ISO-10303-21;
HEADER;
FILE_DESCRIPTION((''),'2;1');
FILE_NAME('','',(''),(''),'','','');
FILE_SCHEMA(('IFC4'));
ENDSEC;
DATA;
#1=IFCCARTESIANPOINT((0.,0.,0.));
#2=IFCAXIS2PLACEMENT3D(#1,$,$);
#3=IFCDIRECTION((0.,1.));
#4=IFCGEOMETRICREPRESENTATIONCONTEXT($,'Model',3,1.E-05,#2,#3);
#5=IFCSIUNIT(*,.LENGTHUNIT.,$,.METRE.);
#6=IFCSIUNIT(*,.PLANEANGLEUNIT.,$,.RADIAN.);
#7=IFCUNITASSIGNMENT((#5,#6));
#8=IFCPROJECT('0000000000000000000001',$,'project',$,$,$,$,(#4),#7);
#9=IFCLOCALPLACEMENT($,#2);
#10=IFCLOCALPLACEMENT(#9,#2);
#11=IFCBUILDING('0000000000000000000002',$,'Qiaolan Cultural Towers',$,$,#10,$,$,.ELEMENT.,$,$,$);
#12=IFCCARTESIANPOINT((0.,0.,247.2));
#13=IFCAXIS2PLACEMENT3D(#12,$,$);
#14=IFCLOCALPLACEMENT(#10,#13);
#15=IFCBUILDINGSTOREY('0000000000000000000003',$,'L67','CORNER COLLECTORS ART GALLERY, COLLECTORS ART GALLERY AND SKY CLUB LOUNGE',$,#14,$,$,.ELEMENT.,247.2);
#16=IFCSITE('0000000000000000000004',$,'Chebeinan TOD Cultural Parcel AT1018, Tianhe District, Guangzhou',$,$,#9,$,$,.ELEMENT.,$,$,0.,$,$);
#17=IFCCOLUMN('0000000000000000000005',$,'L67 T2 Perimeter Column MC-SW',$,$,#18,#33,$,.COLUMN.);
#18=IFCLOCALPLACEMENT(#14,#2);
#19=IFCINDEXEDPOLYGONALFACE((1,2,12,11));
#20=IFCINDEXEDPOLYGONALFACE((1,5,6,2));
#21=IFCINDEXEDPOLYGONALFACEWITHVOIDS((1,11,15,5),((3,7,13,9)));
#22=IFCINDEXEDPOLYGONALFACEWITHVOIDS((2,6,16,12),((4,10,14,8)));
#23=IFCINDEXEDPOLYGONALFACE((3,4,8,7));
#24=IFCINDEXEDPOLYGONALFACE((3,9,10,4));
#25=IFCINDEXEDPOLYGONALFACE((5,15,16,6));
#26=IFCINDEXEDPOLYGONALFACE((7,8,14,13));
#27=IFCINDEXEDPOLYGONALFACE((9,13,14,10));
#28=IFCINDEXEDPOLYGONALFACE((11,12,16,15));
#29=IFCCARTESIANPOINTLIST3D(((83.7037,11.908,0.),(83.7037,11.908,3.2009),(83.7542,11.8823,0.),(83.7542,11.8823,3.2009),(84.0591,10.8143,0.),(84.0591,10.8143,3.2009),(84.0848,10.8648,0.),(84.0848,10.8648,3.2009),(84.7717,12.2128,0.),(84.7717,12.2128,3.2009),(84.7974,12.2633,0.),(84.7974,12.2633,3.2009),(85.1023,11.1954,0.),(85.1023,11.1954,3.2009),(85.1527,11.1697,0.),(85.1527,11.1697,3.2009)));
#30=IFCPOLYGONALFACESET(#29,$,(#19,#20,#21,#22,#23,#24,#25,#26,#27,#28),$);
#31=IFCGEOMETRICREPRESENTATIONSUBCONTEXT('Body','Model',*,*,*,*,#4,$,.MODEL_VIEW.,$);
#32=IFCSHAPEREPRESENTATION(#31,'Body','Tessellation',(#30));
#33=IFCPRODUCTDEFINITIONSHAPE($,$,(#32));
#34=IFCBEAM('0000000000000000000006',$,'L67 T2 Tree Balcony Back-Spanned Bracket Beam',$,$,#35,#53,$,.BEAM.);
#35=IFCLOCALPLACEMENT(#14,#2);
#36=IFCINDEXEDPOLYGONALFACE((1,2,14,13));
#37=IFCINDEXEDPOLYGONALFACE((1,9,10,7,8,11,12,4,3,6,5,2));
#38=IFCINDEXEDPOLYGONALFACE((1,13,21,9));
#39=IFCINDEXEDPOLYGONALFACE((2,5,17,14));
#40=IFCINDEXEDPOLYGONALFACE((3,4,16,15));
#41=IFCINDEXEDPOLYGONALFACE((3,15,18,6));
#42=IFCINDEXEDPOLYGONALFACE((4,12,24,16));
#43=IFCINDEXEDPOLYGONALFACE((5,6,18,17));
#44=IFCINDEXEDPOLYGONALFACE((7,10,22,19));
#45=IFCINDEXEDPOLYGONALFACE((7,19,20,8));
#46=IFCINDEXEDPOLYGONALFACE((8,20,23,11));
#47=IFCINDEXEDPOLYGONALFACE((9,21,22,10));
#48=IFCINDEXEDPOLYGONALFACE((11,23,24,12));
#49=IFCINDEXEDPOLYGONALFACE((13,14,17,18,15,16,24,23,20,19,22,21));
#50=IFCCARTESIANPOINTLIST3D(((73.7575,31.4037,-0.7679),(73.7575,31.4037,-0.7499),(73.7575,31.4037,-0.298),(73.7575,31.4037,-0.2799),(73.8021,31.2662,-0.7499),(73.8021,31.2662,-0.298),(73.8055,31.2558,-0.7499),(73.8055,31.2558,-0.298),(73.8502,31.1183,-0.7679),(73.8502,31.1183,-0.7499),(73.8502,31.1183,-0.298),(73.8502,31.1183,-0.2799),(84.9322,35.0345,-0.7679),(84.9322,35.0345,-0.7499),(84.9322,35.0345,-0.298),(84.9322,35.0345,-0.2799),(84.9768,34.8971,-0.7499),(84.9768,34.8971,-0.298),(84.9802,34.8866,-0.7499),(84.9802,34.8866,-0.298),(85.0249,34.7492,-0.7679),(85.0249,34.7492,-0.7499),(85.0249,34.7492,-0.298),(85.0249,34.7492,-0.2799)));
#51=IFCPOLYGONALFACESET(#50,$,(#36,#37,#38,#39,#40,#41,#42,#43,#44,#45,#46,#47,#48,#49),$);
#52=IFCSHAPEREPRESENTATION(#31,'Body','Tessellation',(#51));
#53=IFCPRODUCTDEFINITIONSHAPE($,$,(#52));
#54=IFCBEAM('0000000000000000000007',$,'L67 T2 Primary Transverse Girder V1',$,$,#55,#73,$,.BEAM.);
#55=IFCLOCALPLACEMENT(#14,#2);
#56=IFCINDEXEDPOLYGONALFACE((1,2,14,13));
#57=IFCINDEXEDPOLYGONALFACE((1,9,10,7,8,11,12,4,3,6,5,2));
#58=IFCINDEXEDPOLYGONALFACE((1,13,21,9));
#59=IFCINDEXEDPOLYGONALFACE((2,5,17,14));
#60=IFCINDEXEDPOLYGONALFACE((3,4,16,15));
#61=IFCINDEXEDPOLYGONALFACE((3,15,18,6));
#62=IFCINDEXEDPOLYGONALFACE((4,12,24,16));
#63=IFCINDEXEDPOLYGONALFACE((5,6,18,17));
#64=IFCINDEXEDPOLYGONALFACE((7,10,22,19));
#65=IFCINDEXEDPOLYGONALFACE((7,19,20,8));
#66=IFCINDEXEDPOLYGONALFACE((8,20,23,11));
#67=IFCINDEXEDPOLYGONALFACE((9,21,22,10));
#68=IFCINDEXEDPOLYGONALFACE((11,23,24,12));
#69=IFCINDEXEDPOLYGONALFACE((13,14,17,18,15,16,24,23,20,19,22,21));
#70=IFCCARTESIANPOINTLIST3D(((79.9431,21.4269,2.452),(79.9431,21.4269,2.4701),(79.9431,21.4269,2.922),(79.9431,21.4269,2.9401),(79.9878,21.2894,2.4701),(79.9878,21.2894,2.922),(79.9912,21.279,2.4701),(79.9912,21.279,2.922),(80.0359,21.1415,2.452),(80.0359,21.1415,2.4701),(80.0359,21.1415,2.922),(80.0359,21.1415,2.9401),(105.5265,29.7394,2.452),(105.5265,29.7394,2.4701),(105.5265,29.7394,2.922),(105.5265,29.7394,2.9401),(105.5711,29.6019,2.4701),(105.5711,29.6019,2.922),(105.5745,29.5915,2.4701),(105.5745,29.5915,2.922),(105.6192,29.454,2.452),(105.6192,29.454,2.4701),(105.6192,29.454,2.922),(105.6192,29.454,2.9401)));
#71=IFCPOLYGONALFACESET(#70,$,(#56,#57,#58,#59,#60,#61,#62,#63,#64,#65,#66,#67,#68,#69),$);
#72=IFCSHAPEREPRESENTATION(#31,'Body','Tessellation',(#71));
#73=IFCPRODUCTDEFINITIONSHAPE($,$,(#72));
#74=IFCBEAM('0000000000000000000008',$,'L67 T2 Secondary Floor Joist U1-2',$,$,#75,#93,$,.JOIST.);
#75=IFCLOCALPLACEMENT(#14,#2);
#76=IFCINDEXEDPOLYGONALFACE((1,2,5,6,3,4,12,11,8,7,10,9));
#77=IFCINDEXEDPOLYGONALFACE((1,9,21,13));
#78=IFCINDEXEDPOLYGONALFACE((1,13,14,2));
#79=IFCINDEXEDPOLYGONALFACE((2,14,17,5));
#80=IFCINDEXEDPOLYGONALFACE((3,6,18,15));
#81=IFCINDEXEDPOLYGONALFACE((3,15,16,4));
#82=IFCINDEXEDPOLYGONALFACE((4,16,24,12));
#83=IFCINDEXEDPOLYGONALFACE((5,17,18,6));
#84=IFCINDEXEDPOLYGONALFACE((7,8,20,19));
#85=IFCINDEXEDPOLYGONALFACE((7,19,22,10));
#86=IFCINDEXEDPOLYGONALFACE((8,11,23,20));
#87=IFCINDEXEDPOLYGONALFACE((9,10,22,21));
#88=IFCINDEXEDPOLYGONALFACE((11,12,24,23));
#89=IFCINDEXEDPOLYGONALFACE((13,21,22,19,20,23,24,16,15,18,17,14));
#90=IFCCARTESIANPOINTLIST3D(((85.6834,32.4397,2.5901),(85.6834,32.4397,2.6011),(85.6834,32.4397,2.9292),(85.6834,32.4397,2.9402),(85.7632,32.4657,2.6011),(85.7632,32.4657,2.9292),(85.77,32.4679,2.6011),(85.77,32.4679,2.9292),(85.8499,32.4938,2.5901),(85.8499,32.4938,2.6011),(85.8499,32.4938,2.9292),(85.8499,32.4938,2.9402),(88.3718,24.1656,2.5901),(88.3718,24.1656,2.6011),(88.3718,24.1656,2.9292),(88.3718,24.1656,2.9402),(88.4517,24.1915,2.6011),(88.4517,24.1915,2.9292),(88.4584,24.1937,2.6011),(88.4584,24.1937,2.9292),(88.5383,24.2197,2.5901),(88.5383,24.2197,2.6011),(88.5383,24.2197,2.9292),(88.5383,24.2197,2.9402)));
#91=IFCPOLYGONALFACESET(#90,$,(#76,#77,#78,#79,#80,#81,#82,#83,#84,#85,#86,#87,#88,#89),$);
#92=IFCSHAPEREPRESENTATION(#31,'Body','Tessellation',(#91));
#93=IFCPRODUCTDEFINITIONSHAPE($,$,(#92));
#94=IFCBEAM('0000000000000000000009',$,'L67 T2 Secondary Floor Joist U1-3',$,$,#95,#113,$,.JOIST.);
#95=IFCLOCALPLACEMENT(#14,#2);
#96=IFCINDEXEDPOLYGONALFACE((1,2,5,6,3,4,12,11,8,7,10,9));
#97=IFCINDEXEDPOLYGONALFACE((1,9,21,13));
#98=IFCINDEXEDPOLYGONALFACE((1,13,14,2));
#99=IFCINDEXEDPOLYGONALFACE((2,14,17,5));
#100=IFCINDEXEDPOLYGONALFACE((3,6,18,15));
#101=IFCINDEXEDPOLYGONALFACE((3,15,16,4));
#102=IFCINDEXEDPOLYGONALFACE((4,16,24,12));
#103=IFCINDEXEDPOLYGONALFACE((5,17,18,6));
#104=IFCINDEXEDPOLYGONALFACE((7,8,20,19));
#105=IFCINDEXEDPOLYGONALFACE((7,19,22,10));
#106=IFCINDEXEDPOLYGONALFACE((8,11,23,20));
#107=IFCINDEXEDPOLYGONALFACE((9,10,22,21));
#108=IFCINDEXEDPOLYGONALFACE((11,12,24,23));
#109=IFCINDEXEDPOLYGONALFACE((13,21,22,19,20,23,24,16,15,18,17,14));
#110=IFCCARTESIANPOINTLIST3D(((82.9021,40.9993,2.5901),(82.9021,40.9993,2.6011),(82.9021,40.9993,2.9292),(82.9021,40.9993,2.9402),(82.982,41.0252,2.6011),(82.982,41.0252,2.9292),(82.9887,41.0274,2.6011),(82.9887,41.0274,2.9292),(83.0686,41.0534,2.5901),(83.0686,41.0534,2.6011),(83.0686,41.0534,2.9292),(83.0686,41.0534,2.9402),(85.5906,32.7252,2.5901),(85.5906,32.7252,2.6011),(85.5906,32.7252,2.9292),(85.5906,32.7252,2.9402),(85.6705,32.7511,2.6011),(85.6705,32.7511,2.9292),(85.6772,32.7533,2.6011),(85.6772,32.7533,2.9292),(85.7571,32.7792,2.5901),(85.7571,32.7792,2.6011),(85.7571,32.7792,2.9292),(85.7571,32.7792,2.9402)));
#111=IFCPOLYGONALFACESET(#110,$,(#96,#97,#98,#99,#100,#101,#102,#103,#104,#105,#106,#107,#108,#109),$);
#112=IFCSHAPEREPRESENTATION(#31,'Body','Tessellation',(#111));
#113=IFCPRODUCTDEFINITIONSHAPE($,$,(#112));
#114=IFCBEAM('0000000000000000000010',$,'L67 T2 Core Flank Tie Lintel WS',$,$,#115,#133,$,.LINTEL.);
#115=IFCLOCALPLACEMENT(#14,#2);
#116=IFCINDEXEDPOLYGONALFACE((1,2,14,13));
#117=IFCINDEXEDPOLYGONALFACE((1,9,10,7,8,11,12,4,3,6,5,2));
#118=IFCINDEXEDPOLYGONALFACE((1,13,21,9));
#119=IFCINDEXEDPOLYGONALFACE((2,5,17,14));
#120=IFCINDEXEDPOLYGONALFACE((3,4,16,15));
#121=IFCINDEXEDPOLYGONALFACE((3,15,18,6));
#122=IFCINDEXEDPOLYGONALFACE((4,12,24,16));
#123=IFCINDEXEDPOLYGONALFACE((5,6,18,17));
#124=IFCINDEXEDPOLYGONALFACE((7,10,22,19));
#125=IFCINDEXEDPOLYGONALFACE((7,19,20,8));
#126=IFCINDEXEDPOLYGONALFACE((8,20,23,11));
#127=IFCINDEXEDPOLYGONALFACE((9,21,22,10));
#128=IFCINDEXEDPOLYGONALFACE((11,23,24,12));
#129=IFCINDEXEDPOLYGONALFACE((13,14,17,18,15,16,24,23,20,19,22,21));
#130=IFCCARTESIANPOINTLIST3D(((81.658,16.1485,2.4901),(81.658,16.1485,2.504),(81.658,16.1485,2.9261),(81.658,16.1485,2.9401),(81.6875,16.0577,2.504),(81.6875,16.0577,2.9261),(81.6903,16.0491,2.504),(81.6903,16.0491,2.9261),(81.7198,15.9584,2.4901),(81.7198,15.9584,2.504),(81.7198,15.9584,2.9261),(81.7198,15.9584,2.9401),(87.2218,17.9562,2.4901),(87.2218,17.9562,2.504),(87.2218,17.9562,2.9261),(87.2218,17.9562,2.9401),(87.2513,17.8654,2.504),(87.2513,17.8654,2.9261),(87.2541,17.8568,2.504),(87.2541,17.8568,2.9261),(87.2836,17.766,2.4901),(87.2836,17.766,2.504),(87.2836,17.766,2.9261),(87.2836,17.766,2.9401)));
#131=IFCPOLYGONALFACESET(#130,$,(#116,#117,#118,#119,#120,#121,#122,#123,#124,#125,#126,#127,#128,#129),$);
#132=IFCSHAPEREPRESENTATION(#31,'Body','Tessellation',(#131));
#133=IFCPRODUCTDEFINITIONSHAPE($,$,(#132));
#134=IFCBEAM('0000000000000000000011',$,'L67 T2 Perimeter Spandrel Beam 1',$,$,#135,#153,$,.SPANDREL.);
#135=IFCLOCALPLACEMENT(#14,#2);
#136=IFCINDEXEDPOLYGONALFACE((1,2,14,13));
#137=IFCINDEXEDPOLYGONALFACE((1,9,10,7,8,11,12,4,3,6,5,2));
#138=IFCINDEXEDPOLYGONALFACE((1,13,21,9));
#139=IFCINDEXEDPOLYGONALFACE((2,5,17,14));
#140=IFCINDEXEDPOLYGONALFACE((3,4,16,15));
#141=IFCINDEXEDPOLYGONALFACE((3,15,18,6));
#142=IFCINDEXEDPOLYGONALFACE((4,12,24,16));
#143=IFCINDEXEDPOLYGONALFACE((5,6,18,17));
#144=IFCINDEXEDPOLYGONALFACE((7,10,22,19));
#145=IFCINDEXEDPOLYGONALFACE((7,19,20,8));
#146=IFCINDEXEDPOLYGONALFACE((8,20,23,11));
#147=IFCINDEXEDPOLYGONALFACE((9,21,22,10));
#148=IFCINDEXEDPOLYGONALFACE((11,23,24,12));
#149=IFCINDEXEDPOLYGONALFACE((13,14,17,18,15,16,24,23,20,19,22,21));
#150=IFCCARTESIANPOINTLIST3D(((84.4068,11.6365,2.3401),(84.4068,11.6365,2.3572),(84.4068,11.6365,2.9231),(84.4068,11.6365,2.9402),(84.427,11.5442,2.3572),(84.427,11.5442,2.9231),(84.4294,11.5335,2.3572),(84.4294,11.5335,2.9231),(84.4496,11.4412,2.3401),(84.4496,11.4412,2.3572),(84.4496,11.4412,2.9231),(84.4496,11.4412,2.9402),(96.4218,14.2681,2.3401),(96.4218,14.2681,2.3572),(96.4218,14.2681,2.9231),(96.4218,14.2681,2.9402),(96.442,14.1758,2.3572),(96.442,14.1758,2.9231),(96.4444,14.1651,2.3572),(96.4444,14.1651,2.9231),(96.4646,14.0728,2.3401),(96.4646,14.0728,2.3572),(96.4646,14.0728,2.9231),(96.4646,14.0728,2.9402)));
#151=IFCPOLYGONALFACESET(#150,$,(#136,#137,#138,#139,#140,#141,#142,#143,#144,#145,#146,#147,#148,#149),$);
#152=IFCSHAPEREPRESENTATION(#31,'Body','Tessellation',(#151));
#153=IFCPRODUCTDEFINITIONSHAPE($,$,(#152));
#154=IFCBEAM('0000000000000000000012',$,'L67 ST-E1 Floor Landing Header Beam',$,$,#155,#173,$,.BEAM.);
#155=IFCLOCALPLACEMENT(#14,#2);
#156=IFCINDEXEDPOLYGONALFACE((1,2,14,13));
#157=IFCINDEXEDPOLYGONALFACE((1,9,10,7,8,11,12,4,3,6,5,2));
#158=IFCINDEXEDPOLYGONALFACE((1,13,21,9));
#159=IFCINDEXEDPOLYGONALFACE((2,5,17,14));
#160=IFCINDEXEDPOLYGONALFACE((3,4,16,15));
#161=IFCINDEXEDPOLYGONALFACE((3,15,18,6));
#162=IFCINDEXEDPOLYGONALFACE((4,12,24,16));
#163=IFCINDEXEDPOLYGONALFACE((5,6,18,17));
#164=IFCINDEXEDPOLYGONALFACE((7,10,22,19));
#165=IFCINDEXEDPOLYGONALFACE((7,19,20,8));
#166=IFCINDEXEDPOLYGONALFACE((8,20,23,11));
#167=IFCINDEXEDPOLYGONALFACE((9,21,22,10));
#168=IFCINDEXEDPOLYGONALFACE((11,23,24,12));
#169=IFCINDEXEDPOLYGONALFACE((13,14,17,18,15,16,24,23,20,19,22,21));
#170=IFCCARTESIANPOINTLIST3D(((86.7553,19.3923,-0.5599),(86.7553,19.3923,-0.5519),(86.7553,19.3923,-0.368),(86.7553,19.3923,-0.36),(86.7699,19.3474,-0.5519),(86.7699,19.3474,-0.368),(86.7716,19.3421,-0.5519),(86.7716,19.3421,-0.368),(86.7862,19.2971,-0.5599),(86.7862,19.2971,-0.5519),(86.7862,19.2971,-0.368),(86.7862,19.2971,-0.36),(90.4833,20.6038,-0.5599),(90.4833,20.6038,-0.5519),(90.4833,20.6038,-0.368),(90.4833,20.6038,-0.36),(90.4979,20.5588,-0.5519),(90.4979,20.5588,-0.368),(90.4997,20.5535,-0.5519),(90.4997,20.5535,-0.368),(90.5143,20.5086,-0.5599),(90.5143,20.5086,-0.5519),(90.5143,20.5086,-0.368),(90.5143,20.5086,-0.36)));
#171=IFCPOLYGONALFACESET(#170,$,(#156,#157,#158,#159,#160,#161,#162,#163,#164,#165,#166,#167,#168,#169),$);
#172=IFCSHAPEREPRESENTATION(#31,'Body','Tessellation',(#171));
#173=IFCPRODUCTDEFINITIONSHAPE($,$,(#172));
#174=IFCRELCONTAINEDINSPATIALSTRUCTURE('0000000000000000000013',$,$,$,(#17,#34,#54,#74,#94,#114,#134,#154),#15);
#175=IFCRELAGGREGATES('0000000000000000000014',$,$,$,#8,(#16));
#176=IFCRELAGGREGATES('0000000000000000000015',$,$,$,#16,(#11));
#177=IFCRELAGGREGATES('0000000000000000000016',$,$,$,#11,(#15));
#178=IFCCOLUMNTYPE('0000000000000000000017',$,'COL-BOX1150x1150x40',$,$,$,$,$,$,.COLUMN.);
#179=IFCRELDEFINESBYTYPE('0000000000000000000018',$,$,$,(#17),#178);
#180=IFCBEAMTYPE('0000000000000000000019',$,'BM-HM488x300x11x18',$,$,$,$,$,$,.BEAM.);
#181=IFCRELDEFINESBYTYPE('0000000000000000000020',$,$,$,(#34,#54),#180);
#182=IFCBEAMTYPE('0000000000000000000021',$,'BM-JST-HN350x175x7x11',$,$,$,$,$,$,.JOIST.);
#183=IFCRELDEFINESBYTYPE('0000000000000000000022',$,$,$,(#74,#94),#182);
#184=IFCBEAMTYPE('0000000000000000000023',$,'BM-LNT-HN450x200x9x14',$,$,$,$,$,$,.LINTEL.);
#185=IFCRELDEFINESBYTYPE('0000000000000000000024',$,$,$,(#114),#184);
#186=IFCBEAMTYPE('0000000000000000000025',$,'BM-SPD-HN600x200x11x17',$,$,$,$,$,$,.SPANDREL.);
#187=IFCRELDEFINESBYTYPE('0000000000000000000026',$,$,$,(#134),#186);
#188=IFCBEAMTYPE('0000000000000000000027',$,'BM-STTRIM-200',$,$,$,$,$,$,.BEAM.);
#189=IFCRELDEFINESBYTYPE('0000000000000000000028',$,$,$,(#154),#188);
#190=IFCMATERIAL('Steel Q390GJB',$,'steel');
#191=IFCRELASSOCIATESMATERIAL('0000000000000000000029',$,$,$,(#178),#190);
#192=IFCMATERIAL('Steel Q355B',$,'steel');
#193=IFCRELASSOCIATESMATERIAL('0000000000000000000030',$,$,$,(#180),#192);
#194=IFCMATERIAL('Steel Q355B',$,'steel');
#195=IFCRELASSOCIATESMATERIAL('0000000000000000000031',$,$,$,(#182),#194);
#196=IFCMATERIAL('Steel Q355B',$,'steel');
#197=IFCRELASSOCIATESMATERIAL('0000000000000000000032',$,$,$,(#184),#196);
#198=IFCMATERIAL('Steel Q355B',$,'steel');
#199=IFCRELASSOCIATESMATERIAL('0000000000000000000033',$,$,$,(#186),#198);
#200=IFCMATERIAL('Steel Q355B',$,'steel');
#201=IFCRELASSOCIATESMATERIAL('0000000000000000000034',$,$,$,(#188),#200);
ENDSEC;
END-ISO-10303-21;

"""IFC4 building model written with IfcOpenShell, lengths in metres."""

from ifc_helpers import new_model, si_unit, direction, frame, origin, origin_2d, place, context, subcontext, project, spatial, hollow_rectangle, i_section, extrude, material, material_profile, profile_set, type_object, element, save


model = new_model("IFC4")

# Units and contexts
model_context = context("Model", 3, precision=1e-05, world=origin(), true_north=direction((0.0, 1.0)))
body_context = subcontext(model_context, "Body", "Model", "MODEL_VIEW")
ifc_project = project(units=[si_unit("LENGTHUNIT", "METRE"), si_unit("PLANEANGLEUNIT", "RADIAN")], contexts=[model_context])

# Site, building, storey
site_placement = place(None, origin())
site = spatial("IfcSite", under=ifc_project, at=site_placement, Name="Chebeinan TOD Cultural Parcel AT1018, Tianhe District, Guangzhou", CompositionType="ELEMENT", RefElevation=0.0)
building_placement = place(site_placement, origin())
building = spatial("IfcBuilding", under=site, at=building_placement, Name="Qiaolan Cultural Towers", CompositionType="ELEMENT")
storey_placement = place(building_placement, frame((0.0, 0.0, 247.2)))
storey = spatial("IfcBuildingStorey", under=building, at=storey_placement, Name="L67", Description="CORNER COLLECTORS ART GALLERY, COLLECTORS ART GALLERY AND SKY CLUB LOUNGE", CompositionType="ELEMENT", Elevation=247.2)

# Column
ifc_material_1 = material(Name="Steel Q390GJB", Category="steel")
ifc_material_profile_1 = material_profile(ifc_material_1, hollow_rectangle(XDim=1.1499, YDim=1.1499, WallThickness=0.04, at=origin_2d()), Name="BOX1150x1150x40")
ifc_profile_set_1 = profile_set([ifc_material_profile_1], Name="Steel Q390GJB")
column_type = type_object("IfcColumnType", Name="COL-BOX1150x1150x40", PredefinedType="COLUMN", material=ifc_profile_set_1)
column_placement = place(storey_placement, frame((84.4282, 11.5388, 0.0), z_axis=(0.0, 0.0, 1.0), x_axis=(0.951057, 0.309017, 0.0)))
element("IfcColumn", 1, at=column_placement, inside=storey, type_object=column_type, Name="L67 T2 Perimeter Column MC-SW", PredefinedType="COLUMN", context=body_context, shape_type="SweptSolid", body=[
    extrude(hollow_rectangle(XDim=1.1499, YDim=1.1499, WallThickness=0.04, at=origin_2d()), origin(), (0.0, 0.0, 1.0), 3.2009),
])

# Beams
ifc_material_2 = material(Name="Steel Q355B", Category="steel")
ifc_material_profile_2 = material_profile(ifc_material_2, i_section(OverallWidth=0.3, OverallDepth=0.488, WebThickness=0.011, FlangeThickness=0.0181, at=origin_2d()), Name="HM488x300x11x18")
ifc_profile_set_2 = profile_set([ifc_material_profile_2], Name="Steel Q355B")
beam_type_1 = type_object("IfcBeamType", Name="BM-HM488x300x11x18", PredefinedType="BEAM", material=ifc_profile_set_2)
beam_1_placement = place(storey_placement, frame((84.9785, 34.8918, -0.5239), z_axis=(-0.951058, -0.309013, 0.0), x_axis=(0.309013, -0.951058, 0.0)))
element("IfcBeam", 2, at=beam_1_placement, inside=storey, type_object=beam_type_1, Name="L67 T2 Tree Balcony Back-Spanned Bracket Beam", PredefinedType="BEAM", context=body_context, shape_type="SweptSolid", body=[
    extrude(i_section(OverallWidth=0.3, OverallDepth=0.488, WebThickness=0.011, FlangeThickness=0.0181, at=origin_2d()), origin(), (0.0, 0.0, 1.0), 11.7498),
])
beam_2_placement = place(storey_placement, frame((79.9895, 21.2842, 2.696), z_axis=(0.951057, 0.309017, 0.0), x_axis=(-0.309017, 0.951057, 0.0)))
element("IfcBeam", 3, at=beam_2_placement, inside=storey, type_object=beam_type_1, Name="L67 T2 Primary Transverse Girder V1", PredefinedType="BEAM", context=body_context, shape_type="SweptSolid", body=[
    extrude(i_section(OverallWidth=0.3, OverallDepth=0.488, WebThickness=0.011, FlangeThickness=0.0181, at=origin_2d()), origin(), (0.0, 0.0, 1.0), 26.8999),
])
ifc_material_3 = material(Name="Steel Q355B", Category="steel")
ifc_material_profile_3 = material_profile(ifc_material_3, i_section(OverallWidth=0.175, OverallDepth=0.3501, WebThickness=0.0071, FlangeThickness=0.011, at=origin_2d()), Name="HN350x175x7x11")
ifc_profile_set_3 = profile_set([ifc_material_profile_3], Name="Steel Q355B")
beam_type_2 = type_object("IfcBeamType", Name="BM-JST-HN350x175x7x11", PredefinedType="JOIST", material=ifc_profile_set_3)
for number, where, z_axis, x_axis, name in (
    (4, (88.4551, 24.1926, 2.7651), (-0.309021, 0.951055, 0.0), (-0.951055, -0.309021, 0.0), "L67 T2 Secondary Floor Joist U1-2"),
    (5, (85.6738, 32.7522, 2.7651), (-0.309021, 0.951055, 0.0), (-0.951055, -0.309021, 0.0), "L67 T2 Secondary Floor Joist U1-3"),
):
    element("IfcBeam", number, at=place(storey_placement, frame(where, z_axis=z_axis, x_axis=x_axis)), inside=storey, type_object=beam_type_2, Name=name, PredefinedType="JOIST", context=body_context, shape_type="SweptSolid", body=[
        extrude(i_section(OverallWidth=0.175, OverallDepth=0.3501, WebThickness=0.0071, FlangeThickness=0.011, at=origin_2d()), origin(), (0.0, 0.0, 1.0), 8.7),
    ])
ifc_material_4 = material(Name="Steel Q355B", Category="steel")
ifc_material_profile_4 = material_profile(ifc_material_4, i_section(OverallWidth=0.2, OverallDepth=0.45, WebThickness=0.009, FlangeThickness=0.0139, at=origin_2d()), Name="HN450x200x9x14")
ifc_profile_set_4 = profile_set([ifc_material_profile_4], Name="Steel Q355B")
beam_type_3 = type_object("IfcBeamType", Name="BM-LNT-HN450x200x9x14", PredefinedType="LINTEL", material=ifc_profile_set_4)
beam_3_placement = place(storey_placement, frame((87.2527, 17.8611, 2.7151), z_axis=(-0.951064, -0.308995, 0.0), x_axis=(0.308995, -0.951064, 0.0)))
element("IfcBeam", 6, at=beam_3_placement, inside=storey, type_object=beam_type_3, Name="L67 T2 Core Flank Tie Lintel WS", PredefinedType="LINTEL", context=body_context, shape_type="SweptSolid", body=[
    extrude(i_section(OverallWidth=0.2, OverallDepth=0.45, WebThickness=0.009, FlangeThickness=0.0139, at=origin_2d()), origin(), (0.0, 0.0, 1.0), 5.8501),
])
ifc_material_5 = material(Name="Steel Q355B", Category="steel")
ifc_material_profile_5 = material_profile(ifc_material_5, i_section(OverallWidth=0.2, OverallDepth=0.6001, WebThickness=0.011, FlangeThickness=0.0171, at=origin_2d()), Name="HN600x200x11x17")
ifc_profile_set_5 = profile_set([ifc_material_profile_5], Name="Steel Q355B")
beam_type_4 = type_object("IfcBeamType", Name="BM-SPD-HN600x200x11x17", PredefinedType="SPANDREL", material=ifc_profile_set_5)
beam_4_placement = place(storey_placement, frame((84.4282, 11.5388, 2.6401), z_axis=(0.976843, 0.213956, 0.0), x_axis=(-0.213956, 0.976843, 0.0)))
element("IfcBeam", 7, at=beam_4_placement, inside=storey, type_object=beam_type_4, Name="L67 T2 Perimeter Spandrel Beam 1", PredefinedType="SPANDREL", context=body_context, shape_type="SweptSolid", body=[
    extrude(i_section(OverallWidth=0.2, OverallDepth=0.6001, WebThickness=0.011, FlangeThickness=0.0171, at=origin_2d()), origin(), (0.0, 0.0, 1.0), 12.2998),
])
ifc_material_6 = material(Name="Steel Q355B", Category="steel")
ifc_material_profile_6 = material_profile(ifc_material_6, i_section(OverallWidth=0.1001, OverallDepth=0.2, WebThickness=0.0056, FlangeThickness=0.0081, at=origin_2d()), Name="HN200x100x5.5x8")
ifc_profile_set_6 = profile_set([ifc_material_profile_6], Name="Steel Q355B")
beam_type_5 = type_object("IfcBeamType", Name="BM-STTRIM-200", PredefinedType="BEAM", material=ifc_profile_set_6)
beam_5_placement = place(storey_placement, frame((86.7708, 19.3447, -0.46), z_axis=(0.951048, 0.309044, 0.0), x_axis=(-0.309044, 0.951048, 0.0)))
element("IfcBeam", 8, at=beam_5_placement, inside=storey, type_object=beam_type_5, Name="L67 ST-E1 Floor Landing Header Beam", PredefinedType="BEAM", context=body_context, shape_type="SweptSolid", body=[
    extrude(i_section(OverallWidth=0.1001, OverallDepth=0.2, WebThickness=0.0056, FlangeThickness=0.0081, at=origin_2d()), origin(), (0.0, 0.0, 1.0), 3.9199),
])

save(model, "model.ifc")
